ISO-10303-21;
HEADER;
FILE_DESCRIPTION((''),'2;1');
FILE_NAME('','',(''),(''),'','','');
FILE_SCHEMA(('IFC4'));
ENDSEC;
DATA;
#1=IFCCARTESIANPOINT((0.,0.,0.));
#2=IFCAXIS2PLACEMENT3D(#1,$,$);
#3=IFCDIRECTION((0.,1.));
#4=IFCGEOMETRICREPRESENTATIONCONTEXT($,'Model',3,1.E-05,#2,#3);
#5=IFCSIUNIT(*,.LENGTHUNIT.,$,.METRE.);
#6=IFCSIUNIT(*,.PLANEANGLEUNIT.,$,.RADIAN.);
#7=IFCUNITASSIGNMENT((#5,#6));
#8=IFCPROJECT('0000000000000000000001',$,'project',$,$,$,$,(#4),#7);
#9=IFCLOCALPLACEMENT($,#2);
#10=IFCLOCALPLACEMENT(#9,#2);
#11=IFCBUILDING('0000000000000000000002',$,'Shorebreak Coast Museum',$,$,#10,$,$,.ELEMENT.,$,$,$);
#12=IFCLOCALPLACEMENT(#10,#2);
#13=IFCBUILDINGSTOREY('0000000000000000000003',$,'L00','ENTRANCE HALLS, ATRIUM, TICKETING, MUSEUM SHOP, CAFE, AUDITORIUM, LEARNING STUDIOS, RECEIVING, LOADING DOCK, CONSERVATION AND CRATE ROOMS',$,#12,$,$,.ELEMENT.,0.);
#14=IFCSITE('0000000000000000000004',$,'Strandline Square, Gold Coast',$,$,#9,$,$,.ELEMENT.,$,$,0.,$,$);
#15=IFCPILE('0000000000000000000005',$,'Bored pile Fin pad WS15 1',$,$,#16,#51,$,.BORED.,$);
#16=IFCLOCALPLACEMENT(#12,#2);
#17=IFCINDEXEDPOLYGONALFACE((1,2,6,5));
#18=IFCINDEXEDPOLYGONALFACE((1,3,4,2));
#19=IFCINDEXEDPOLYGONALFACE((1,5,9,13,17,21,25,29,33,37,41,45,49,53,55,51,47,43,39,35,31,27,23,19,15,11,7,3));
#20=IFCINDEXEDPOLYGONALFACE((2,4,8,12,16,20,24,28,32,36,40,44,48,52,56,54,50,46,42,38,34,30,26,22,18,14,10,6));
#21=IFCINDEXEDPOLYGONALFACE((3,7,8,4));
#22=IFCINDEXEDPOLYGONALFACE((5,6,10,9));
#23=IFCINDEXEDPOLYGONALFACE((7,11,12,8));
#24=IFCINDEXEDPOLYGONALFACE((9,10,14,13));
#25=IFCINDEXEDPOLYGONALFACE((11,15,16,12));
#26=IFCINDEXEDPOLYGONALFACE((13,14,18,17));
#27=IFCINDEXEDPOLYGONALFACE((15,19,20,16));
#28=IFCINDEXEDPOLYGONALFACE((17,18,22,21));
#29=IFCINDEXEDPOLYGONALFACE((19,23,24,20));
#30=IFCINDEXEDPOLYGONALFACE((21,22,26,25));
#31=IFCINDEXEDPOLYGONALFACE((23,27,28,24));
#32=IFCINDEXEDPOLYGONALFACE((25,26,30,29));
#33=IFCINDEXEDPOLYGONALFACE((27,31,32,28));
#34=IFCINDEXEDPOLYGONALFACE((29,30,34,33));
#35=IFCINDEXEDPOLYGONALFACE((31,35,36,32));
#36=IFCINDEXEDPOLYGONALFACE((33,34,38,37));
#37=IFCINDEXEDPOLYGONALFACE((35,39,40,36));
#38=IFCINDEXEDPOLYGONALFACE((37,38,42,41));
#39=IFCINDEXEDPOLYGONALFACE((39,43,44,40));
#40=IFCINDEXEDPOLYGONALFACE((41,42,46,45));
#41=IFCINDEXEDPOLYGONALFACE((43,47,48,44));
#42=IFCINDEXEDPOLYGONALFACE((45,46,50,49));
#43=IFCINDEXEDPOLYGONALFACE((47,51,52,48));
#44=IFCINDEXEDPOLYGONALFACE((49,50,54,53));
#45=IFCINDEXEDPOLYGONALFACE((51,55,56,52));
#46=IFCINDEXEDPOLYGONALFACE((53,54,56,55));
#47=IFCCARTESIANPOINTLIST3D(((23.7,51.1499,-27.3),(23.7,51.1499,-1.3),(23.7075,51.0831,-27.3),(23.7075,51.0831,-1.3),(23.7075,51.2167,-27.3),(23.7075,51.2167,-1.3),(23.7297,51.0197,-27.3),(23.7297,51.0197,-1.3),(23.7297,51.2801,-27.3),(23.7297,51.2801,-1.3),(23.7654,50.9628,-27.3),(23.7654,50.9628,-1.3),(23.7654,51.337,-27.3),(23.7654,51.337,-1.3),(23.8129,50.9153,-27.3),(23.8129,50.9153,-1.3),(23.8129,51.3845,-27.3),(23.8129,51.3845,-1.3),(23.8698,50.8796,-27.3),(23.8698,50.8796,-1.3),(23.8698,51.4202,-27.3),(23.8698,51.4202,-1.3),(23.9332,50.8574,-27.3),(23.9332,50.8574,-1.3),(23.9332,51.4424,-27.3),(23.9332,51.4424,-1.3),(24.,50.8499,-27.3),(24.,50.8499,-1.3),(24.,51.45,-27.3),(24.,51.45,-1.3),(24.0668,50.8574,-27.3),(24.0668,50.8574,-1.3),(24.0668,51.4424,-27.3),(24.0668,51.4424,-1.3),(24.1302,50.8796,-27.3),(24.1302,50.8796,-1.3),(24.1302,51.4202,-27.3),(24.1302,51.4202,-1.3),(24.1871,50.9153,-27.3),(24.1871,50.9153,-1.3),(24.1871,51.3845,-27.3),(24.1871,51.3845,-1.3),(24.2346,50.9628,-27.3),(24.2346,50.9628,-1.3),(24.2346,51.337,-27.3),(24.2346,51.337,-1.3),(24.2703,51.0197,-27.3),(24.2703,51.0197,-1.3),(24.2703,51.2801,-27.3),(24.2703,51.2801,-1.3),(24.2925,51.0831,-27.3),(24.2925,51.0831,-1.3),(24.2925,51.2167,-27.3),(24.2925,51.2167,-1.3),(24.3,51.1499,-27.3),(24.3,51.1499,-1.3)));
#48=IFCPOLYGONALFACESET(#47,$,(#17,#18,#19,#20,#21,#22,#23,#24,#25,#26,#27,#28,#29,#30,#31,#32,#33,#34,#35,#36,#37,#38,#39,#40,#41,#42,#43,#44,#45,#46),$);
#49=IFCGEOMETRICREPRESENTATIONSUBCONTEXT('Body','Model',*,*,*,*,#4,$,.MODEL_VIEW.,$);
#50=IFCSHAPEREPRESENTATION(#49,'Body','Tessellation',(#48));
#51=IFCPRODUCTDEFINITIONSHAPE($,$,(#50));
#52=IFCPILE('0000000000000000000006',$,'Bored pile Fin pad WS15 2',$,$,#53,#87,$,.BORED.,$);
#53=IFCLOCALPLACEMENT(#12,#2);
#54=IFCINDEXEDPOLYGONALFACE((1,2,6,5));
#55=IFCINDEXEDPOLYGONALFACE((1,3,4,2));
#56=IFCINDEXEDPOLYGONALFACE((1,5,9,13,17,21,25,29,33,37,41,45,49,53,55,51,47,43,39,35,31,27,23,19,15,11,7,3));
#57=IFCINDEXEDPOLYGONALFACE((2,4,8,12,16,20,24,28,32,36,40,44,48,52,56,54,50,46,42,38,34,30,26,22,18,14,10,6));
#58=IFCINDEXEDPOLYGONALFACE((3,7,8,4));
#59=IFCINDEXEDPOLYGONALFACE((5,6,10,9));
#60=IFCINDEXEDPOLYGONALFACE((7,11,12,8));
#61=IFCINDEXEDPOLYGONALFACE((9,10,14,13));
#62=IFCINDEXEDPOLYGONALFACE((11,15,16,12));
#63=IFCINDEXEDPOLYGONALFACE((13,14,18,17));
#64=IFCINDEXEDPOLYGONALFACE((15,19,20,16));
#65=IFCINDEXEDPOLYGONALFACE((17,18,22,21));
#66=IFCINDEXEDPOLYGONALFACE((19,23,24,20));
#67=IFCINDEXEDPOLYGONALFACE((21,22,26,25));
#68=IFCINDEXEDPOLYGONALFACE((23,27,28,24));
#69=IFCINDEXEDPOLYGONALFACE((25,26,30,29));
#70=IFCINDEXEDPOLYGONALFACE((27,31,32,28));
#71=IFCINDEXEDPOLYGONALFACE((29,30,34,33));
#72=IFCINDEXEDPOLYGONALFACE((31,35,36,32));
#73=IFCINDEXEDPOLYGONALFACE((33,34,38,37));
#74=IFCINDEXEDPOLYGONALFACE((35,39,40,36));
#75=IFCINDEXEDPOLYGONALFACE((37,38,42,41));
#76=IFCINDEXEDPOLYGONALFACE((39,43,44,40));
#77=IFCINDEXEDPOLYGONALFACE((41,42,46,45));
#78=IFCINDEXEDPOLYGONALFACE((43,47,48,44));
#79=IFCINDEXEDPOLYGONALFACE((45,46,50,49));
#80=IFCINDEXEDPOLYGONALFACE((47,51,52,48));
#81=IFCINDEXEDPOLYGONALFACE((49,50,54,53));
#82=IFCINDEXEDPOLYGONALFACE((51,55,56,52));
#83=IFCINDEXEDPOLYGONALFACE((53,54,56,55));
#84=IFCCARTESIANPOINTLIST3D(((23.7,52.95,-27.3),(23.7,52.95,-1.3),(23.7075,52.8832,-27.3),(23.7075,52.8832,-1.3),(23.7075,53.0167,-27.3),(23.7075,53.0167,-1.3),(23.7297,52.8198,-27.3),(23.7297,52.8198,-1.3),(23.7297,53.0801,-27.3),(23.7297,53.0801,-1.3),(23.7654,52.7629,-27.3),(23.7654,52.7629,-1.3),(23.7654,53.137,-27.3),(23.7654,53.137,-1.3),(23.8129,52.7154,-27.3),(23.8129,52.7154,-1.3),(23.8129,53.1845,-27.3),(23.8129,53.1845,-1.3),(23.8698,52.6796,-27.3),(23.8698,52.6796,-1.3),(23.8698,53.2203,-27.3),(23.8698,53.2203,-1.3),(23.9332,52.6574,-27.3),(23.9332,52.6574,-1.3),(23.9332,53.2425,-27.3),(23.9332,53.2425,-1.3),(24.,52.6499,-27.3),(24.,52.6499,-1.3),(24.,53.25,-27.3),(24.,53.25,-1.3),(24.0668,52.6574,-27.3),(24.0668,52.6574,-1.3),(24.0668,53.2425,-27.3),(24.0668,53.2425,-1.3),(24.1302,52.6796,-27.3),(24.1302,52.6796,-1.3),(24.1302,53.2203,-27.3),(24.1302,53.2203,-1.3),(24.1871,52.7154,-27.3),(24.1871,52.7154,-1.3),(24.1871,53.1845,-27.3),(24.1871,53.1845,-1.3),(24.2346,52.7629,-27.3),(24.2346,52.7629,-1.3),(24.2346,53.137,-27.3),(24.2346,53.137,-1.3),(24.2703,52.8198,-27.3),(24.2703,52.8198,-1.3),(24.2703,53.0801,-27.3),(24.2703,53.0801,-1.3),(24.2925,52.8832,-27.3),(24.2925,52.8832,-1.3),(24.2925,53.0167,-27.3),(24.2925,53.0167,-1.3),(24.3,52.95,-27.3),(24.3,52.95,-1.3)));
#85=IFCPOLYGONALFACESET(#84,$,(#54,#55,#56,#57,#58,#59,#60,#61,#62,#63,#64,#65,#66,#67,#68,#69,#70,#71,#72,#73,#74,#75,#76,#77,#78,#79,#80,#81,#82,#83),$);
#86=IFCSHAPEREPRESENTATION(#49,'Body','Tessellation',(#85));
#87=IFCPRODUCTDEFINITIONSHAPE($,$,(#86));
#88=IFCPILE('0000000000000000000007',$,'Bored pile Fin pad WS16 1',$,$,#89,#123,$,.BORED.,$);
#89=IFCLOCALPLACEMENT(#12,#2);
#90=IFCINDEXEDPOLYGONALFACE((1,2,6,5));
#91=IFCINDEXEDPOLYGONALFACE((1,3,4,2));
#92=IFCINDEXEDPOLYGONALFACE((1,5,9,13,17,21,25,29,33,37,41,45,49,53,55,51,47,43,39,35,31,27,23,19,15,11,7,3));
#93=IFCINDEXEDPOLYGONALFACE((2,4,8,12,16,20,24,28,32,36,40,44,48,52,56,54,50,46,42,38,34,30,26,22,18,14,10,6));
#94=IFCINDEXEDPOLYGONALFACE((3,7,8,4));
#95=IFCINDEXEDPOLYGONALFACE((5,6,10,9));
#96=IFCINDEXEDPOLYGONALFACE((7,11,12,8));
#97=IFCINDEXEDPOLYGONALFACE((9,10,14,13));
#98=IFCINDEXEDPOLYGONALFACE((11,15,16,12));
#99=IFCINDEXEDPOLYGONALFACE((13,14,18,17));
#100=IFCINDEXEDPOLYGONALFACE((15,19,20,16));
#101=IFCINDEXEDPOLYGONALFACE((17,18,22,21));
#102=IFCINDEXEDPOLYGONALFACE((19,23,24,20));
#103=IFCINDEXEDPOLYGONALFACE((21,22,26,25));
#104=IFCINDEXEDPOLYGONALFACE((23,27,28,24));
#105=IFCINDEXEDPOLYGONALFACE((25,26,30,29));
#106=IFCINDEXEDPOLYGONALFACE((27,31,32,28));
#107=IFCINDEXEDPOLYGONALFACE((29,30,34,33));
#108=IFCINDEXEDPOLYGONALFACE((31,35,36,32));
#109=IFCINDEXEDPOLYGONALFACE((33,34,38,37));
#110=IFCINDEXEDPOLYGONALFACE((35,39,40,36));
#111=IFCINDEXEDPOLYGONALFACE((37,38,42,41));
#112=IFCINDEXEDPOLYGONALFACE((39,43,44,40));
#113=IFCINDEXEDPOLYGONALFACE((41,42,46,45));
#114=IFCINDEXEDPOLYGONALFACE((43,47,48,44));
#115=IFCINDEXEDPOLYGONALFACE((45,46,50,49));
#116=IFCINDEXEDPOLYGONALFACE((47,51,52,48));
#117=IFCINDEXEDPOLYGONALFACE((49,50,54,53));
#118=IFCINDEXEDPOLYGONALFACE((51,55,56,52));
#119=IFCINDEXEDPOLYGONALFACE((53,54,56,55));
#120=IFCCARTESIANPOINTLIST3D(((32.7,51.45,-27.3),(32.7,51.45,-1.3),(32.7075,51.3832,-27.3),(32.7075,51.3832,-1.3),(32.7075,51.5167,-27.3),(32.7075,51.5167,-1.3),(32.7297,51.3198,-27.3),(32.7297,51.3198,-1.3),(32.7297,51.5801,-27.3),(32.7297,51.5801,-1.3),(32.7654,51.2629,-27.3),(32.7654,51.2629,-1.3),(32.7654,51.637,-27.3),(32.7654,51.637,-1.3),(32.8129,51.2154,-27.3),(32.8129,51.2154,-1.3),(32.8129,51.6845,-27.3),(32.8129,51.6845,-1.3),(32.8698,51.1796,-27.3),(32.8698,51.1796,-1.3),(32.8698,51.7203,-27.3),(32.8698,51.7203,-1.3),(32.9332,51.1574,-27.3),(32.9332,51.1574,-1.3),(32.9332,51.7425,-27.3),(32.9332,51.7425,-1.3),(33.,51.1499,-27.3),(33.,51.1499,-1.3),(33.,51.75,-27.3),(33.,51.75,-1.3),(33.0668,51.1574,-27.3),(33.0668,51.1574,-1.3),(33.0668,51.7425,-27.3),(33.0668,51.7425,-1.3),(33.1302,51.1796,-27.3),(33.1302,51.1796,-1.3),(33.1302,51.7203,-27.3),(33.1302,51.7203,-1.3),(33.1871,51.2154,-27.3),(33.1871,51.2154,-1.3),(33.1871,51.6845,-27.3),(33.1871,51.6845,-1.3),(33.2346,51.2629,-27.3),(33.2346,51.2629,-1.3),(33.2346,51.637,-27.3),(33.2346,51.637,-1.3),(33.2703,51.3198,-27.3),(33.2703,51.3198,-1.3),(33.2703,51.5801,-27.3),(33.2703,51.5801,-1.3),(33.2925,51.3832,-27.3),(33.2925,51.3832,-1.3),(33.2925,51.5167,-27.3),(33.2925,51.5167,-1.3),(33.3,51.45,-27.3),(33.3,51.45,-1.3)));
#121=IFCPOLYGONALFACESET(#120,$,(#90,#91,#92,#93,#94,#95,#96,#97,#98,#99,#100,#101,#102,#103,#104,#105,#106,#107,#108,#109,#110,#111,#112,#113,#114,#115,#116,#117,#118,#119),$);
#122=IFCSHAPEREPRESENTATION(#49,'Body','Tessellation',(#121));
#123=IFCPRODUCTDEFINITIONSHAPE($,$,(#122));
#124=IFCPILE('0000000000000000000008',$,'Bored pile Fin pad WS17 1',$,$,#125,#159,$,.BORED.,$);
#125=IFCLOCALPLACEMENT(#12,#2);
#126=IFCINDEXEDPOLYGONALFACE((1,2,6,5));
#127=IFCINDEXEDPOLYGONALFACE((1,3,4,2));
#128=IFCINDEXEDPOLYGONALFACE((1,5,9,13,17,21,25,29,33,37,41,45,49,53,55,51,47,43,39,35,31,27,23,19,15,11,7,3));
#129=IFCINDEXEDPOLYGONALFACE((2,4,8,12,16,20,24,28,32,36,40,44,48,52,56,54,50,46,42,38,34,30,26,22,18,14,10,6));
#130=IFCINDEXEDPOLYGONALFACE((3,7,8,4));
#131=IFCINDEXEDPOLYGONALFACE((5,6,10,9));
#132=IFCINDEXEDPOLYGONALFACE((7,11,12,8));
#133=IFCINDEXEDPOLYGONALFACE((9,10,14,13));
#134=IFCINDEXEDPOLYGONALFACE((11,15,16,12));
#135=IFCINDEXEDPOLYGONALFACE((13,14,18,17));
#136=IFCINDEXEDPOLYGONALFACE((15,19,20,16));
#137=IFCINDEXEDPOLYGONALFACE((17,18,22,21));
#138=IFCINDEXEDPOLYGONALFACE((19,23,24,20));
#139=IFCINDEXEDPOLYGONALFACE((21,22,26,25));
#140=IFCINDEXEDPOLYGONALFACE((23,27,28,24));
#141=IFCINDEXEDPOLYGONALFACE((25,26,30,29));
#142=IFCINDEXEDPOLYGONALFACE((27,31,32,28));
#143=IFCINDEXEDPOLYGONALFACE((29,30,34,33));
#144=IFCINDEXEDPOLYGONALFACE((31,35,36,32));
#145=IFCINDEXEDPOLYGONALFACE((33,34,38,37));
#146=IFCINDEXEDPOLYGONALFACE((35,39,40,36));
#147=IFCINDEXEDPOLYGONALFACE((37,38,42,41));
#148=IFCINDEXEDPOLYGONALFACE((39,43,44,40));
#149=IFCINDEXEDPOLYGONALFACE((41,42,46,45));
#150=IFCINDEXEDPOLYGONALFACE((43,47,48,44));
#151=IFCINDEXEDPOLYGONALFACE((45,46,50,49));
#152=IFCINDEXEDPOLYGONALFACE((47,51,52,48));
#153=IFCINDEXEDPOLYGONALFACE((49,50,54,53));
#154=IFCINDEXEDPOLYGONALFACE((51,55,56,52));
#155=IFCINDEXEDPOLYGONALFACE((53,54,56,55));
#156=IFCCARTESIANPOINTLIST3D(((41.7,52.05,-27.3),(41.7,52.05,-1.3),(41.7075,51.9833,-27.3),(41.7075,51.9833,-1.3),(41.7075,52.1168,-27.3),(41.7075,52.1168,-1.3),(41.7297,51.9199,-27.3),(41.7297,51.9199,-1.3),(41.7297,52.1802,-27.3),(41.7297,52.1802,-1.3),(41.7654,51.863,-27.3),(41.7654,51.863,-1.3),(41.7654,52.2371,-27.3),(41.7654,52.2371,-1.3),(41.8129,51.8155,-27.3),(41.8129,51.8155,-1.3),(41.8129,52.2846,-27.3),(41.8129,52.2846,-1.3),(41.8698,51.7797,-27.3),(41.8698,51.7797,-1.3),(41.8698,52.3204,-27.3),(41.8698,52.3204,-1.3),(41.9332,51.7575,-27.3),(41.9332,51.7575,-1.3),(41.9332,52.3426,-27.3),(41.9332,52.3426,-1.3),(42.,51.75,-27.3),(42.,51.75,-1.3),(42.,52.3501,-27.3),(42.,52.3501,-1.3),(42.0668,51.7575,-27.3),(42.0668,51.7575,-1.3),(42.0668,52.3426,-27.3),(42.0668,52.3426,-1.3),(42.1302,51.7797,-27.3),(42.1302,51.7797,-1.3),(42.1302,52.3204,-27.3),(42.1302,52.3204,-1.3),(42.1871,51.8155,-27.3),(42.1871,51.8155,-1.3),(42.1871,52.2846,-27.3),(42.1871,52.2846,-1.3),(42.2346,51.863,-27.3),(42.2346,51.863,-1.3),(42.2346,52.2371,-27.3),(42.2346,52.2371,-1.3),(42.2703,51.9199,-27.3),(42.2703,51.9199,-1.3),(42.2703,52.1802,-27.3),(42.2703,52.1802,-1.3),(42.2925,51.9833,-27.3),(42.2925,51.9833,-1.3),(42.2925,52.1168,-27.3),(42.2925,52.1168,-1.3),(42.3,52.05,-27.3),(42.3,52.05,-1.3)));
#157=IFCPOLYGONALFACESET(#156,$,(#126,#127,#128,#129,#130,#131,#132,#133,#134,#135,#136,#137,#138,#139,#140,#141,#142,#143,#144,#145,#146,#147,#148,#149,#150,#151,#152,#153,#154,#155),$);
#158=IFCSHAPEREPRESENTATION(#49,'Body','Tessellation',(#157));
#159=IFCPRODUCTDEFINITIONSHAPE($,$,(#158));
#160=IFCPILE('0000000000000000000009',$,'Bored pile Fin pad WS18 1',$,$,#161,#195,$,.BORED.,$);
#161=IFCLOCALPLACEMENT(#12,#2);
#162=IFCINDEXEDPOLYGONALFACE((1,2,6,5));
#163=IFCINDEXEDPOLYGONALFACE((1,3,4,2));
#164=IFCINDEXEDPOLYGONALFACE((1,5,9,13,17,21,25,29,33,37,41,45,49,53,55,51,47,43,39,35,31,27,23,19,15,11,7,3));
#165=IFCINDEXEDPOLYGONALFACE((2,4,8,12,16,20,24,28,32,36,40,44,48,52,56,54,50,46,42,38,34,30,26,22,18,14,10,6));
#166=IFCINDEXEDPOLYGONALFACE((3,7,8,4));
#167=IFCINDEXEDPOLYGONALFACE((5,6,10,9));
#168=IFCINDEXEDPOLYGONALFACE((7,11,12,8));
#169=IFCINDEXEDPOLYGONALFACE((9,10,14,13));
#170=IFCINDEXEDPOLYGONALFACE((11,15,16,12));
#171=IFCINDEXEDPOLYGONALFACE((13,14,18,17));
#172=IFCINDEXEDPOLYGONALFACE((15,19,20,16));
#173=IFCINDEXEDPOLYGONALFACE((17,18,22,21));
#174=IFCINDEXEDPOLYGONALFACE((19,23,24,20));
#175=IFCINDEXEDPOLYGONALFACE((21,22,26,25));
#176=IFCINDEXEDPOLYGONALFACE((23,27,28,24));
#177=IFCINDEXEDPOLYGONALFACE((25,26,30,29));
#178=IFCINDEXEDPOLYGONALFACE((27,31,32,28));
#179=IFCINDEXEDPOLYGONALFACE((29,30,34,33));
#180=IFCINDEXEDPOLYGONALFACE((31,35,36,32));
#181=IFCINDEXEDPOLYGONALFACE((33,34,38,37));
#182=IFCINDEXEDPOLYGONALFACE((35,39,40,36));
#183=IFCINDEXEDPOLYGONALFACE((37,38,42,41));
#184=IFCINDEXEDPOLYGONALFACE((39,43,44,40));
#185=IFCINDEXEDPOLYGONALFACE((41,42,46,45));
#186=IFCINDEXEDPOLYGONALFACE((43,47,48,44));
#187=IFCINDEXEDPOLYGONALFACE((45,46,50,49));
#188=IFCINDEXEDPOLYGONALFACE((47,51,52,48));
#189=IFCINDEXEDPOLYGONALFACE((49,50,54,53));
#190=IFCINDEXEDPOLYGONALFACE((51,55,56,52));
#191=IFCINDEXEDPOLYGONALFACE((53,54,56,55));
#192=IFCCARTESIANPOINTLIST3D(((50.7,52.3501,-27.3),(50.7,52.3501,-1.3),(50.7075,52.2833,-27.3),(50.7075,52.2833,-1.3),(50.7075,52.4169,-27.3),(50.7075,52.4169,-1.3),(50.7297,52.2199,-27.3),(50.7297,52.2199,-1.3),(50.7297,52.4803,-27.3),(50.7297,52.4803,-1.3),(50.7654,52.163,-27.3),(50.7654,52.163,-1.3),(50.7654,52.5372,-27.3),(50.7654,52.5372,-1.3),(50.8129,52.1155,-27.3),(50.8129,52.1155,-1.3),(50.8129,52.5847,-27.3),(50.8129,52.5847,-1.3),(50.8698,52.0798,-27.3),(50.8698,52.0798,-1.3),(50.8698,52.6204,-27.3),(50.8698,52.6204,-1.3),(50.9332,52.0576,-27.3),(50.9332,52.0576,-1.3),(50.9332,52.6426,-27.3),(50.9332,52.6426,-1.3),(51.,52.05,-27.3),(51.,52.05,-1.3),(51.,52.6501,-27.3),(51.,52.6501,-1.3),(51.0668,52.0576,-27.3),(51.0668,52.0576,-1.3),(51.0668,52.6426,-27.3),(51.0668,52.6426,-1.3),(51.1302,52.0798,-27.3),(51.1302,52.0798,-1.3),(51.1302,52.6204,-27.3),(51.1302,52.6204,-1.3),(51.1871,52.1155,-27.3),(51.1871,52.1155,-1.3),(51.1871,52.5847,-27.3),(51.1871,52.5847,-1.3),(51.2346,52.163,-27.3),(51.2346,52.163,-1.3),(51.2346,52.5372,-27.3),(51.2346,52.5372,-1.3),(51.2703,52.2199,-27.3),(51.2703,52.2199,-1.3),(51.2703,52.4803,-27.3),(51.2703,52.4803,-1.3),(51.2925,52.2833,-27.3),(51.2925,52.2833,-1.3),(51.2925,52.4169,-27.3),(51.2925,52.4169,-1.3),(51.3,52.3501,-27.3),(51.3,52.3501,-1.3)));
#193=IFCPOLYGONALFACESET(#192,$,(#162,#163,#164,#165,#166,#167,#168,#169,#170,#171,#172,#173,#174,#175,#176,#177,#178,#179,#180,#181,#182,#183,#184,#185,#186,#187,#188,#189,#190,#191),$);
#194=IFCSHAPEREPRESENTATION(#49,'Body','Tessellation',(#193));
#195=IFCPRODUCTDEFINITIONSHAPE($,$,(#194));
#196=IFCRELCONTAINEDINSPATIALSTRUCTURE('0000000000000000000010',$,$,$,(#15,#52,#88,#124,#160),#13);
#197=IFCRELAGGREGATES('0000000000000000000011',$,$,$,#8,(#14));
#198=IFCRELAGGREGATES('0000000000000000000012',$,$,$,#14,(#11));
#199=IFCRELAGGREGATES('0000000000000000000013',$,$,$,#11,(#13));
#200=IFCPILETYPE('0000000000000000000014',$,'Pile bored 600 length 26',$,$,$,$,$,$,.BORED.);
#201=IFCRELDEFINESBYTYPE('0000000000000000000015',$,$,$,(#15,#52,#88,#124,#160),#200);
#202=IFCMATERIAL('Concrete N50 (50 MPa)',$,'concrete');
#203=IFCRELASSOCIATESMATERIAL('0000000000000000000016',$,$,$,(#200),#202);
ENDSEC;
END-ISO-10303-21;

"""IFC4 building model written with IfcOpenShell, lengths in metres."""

from ifc_helpers import new_model, si_unit, direction, frame, origin, origin_2d, place, context, subcontext, project, spatial, circle, extrude, material, material_profile, profile_set, type_object, element, save


model = new_model("IFC4")

# Units and contexts
model_context = context("Model", 3, precision=1e-05, world=origin(), true_north=direction((0.0, 1.0)))
body_context = subcontext(model_context, "Body", "Model", "MODEL_VIEW")
ifc_project = project(units=[si_unit("LENGTHUNIT", "METRE"), si_unit("PLANEANGLEUNIT", "RADIAN")], contexts=[model_context])

# Site, building, storey
site_placement = place(None, origin())
site = spatial("IfcSite", under=ifc_project, at=site_placement, Name="Strandline Square, Gold Coast", CompositionType="ELEMENT", RefElevation=0.0)
building_placement = place(site_placement, origin())
building = spatial("IfcBuilding", under=site, at=building_placement, Name="Shorebreak Coast Museum", CompositionType="ELEMENT")
storey_placement = place(building_placement, origin())
storey = spatial("IfcBuildingStorey", under=building, at=storey_placement, Name="L00", Description="ENTRANCE HALLS, ATRIUM, TICKETING, MUSEUM SHOP, CAFE, AUDITORIUM, LEARNING STUDIOS, RECEIVING, LOADING DOCK, CONSERVATION AND CRATE ROOMS", CompositionType="ELEMENT", Elevation=0.0)

# Piles
ifc_material_1 = material(Name="Concrete N50 (50 MPa)", Category="concrete")
ifc_material_profile_1 = material_profile(ifc_material_1, circle(Radius=0.3, at=origin_2d()), Name="Pile bored 600 length 26")
ifc_profile_set_1 = profile_set([ifc_material_profile_1], Name="Concrete N50 (50 MPa)")
pile_type_1 = type_object("IfcPileType", Name="Pile bored 600 length 26", PredefinedType="BORED", material=ifc_profile_set_1)
for number, where, z_axis, x_axis, name in (
    (1, (24.0, 51.1499, -1.3), (0.0, 0.0, -1.0), (1.0, 0.0, 0.0), "Bored pile Fin pad WS15 1"),
    (2, (24.0, 52.95, -1.3), (0.0, 0.0, -1.0), (1.0, 0.0, 0.0), "Bored pile Fin pad WS15 2"),
    (3, (33.0, 51.45, -1.3), (0.0, 0.0, -1.0), (1.0, 0.0, 0.0), "Bored pile Fin pad WS16 1"),
    (4, (42.0, 52.05, -1.3), (0.0, 0.0, -1.0), (1.0, 0.0, 0.0), "Bored pile Fin pad WS17 1"),
    (5, (51.0, 52.3501, -1.3), (0.0, 0.0, -1.0), (1.0, 0.0, 0.0), "Bored pile Fin pad WS18 1"),
):
    element("IfcPile", number, at=place(storey_placement, frame(where, z_axis=z_axis, x_axis=x_axis)), inside=storey, type_object=pile_type_1, Name=name, PredefinedType="BORED", context=body_context, shape_type="SweptSolid", body=[
        extrude(circle(Radius=0.3, at=origin_2d()), origin(), (0.0, 0.0, 1.0), 26.0),
    ])

save(model, "model.ifc")
